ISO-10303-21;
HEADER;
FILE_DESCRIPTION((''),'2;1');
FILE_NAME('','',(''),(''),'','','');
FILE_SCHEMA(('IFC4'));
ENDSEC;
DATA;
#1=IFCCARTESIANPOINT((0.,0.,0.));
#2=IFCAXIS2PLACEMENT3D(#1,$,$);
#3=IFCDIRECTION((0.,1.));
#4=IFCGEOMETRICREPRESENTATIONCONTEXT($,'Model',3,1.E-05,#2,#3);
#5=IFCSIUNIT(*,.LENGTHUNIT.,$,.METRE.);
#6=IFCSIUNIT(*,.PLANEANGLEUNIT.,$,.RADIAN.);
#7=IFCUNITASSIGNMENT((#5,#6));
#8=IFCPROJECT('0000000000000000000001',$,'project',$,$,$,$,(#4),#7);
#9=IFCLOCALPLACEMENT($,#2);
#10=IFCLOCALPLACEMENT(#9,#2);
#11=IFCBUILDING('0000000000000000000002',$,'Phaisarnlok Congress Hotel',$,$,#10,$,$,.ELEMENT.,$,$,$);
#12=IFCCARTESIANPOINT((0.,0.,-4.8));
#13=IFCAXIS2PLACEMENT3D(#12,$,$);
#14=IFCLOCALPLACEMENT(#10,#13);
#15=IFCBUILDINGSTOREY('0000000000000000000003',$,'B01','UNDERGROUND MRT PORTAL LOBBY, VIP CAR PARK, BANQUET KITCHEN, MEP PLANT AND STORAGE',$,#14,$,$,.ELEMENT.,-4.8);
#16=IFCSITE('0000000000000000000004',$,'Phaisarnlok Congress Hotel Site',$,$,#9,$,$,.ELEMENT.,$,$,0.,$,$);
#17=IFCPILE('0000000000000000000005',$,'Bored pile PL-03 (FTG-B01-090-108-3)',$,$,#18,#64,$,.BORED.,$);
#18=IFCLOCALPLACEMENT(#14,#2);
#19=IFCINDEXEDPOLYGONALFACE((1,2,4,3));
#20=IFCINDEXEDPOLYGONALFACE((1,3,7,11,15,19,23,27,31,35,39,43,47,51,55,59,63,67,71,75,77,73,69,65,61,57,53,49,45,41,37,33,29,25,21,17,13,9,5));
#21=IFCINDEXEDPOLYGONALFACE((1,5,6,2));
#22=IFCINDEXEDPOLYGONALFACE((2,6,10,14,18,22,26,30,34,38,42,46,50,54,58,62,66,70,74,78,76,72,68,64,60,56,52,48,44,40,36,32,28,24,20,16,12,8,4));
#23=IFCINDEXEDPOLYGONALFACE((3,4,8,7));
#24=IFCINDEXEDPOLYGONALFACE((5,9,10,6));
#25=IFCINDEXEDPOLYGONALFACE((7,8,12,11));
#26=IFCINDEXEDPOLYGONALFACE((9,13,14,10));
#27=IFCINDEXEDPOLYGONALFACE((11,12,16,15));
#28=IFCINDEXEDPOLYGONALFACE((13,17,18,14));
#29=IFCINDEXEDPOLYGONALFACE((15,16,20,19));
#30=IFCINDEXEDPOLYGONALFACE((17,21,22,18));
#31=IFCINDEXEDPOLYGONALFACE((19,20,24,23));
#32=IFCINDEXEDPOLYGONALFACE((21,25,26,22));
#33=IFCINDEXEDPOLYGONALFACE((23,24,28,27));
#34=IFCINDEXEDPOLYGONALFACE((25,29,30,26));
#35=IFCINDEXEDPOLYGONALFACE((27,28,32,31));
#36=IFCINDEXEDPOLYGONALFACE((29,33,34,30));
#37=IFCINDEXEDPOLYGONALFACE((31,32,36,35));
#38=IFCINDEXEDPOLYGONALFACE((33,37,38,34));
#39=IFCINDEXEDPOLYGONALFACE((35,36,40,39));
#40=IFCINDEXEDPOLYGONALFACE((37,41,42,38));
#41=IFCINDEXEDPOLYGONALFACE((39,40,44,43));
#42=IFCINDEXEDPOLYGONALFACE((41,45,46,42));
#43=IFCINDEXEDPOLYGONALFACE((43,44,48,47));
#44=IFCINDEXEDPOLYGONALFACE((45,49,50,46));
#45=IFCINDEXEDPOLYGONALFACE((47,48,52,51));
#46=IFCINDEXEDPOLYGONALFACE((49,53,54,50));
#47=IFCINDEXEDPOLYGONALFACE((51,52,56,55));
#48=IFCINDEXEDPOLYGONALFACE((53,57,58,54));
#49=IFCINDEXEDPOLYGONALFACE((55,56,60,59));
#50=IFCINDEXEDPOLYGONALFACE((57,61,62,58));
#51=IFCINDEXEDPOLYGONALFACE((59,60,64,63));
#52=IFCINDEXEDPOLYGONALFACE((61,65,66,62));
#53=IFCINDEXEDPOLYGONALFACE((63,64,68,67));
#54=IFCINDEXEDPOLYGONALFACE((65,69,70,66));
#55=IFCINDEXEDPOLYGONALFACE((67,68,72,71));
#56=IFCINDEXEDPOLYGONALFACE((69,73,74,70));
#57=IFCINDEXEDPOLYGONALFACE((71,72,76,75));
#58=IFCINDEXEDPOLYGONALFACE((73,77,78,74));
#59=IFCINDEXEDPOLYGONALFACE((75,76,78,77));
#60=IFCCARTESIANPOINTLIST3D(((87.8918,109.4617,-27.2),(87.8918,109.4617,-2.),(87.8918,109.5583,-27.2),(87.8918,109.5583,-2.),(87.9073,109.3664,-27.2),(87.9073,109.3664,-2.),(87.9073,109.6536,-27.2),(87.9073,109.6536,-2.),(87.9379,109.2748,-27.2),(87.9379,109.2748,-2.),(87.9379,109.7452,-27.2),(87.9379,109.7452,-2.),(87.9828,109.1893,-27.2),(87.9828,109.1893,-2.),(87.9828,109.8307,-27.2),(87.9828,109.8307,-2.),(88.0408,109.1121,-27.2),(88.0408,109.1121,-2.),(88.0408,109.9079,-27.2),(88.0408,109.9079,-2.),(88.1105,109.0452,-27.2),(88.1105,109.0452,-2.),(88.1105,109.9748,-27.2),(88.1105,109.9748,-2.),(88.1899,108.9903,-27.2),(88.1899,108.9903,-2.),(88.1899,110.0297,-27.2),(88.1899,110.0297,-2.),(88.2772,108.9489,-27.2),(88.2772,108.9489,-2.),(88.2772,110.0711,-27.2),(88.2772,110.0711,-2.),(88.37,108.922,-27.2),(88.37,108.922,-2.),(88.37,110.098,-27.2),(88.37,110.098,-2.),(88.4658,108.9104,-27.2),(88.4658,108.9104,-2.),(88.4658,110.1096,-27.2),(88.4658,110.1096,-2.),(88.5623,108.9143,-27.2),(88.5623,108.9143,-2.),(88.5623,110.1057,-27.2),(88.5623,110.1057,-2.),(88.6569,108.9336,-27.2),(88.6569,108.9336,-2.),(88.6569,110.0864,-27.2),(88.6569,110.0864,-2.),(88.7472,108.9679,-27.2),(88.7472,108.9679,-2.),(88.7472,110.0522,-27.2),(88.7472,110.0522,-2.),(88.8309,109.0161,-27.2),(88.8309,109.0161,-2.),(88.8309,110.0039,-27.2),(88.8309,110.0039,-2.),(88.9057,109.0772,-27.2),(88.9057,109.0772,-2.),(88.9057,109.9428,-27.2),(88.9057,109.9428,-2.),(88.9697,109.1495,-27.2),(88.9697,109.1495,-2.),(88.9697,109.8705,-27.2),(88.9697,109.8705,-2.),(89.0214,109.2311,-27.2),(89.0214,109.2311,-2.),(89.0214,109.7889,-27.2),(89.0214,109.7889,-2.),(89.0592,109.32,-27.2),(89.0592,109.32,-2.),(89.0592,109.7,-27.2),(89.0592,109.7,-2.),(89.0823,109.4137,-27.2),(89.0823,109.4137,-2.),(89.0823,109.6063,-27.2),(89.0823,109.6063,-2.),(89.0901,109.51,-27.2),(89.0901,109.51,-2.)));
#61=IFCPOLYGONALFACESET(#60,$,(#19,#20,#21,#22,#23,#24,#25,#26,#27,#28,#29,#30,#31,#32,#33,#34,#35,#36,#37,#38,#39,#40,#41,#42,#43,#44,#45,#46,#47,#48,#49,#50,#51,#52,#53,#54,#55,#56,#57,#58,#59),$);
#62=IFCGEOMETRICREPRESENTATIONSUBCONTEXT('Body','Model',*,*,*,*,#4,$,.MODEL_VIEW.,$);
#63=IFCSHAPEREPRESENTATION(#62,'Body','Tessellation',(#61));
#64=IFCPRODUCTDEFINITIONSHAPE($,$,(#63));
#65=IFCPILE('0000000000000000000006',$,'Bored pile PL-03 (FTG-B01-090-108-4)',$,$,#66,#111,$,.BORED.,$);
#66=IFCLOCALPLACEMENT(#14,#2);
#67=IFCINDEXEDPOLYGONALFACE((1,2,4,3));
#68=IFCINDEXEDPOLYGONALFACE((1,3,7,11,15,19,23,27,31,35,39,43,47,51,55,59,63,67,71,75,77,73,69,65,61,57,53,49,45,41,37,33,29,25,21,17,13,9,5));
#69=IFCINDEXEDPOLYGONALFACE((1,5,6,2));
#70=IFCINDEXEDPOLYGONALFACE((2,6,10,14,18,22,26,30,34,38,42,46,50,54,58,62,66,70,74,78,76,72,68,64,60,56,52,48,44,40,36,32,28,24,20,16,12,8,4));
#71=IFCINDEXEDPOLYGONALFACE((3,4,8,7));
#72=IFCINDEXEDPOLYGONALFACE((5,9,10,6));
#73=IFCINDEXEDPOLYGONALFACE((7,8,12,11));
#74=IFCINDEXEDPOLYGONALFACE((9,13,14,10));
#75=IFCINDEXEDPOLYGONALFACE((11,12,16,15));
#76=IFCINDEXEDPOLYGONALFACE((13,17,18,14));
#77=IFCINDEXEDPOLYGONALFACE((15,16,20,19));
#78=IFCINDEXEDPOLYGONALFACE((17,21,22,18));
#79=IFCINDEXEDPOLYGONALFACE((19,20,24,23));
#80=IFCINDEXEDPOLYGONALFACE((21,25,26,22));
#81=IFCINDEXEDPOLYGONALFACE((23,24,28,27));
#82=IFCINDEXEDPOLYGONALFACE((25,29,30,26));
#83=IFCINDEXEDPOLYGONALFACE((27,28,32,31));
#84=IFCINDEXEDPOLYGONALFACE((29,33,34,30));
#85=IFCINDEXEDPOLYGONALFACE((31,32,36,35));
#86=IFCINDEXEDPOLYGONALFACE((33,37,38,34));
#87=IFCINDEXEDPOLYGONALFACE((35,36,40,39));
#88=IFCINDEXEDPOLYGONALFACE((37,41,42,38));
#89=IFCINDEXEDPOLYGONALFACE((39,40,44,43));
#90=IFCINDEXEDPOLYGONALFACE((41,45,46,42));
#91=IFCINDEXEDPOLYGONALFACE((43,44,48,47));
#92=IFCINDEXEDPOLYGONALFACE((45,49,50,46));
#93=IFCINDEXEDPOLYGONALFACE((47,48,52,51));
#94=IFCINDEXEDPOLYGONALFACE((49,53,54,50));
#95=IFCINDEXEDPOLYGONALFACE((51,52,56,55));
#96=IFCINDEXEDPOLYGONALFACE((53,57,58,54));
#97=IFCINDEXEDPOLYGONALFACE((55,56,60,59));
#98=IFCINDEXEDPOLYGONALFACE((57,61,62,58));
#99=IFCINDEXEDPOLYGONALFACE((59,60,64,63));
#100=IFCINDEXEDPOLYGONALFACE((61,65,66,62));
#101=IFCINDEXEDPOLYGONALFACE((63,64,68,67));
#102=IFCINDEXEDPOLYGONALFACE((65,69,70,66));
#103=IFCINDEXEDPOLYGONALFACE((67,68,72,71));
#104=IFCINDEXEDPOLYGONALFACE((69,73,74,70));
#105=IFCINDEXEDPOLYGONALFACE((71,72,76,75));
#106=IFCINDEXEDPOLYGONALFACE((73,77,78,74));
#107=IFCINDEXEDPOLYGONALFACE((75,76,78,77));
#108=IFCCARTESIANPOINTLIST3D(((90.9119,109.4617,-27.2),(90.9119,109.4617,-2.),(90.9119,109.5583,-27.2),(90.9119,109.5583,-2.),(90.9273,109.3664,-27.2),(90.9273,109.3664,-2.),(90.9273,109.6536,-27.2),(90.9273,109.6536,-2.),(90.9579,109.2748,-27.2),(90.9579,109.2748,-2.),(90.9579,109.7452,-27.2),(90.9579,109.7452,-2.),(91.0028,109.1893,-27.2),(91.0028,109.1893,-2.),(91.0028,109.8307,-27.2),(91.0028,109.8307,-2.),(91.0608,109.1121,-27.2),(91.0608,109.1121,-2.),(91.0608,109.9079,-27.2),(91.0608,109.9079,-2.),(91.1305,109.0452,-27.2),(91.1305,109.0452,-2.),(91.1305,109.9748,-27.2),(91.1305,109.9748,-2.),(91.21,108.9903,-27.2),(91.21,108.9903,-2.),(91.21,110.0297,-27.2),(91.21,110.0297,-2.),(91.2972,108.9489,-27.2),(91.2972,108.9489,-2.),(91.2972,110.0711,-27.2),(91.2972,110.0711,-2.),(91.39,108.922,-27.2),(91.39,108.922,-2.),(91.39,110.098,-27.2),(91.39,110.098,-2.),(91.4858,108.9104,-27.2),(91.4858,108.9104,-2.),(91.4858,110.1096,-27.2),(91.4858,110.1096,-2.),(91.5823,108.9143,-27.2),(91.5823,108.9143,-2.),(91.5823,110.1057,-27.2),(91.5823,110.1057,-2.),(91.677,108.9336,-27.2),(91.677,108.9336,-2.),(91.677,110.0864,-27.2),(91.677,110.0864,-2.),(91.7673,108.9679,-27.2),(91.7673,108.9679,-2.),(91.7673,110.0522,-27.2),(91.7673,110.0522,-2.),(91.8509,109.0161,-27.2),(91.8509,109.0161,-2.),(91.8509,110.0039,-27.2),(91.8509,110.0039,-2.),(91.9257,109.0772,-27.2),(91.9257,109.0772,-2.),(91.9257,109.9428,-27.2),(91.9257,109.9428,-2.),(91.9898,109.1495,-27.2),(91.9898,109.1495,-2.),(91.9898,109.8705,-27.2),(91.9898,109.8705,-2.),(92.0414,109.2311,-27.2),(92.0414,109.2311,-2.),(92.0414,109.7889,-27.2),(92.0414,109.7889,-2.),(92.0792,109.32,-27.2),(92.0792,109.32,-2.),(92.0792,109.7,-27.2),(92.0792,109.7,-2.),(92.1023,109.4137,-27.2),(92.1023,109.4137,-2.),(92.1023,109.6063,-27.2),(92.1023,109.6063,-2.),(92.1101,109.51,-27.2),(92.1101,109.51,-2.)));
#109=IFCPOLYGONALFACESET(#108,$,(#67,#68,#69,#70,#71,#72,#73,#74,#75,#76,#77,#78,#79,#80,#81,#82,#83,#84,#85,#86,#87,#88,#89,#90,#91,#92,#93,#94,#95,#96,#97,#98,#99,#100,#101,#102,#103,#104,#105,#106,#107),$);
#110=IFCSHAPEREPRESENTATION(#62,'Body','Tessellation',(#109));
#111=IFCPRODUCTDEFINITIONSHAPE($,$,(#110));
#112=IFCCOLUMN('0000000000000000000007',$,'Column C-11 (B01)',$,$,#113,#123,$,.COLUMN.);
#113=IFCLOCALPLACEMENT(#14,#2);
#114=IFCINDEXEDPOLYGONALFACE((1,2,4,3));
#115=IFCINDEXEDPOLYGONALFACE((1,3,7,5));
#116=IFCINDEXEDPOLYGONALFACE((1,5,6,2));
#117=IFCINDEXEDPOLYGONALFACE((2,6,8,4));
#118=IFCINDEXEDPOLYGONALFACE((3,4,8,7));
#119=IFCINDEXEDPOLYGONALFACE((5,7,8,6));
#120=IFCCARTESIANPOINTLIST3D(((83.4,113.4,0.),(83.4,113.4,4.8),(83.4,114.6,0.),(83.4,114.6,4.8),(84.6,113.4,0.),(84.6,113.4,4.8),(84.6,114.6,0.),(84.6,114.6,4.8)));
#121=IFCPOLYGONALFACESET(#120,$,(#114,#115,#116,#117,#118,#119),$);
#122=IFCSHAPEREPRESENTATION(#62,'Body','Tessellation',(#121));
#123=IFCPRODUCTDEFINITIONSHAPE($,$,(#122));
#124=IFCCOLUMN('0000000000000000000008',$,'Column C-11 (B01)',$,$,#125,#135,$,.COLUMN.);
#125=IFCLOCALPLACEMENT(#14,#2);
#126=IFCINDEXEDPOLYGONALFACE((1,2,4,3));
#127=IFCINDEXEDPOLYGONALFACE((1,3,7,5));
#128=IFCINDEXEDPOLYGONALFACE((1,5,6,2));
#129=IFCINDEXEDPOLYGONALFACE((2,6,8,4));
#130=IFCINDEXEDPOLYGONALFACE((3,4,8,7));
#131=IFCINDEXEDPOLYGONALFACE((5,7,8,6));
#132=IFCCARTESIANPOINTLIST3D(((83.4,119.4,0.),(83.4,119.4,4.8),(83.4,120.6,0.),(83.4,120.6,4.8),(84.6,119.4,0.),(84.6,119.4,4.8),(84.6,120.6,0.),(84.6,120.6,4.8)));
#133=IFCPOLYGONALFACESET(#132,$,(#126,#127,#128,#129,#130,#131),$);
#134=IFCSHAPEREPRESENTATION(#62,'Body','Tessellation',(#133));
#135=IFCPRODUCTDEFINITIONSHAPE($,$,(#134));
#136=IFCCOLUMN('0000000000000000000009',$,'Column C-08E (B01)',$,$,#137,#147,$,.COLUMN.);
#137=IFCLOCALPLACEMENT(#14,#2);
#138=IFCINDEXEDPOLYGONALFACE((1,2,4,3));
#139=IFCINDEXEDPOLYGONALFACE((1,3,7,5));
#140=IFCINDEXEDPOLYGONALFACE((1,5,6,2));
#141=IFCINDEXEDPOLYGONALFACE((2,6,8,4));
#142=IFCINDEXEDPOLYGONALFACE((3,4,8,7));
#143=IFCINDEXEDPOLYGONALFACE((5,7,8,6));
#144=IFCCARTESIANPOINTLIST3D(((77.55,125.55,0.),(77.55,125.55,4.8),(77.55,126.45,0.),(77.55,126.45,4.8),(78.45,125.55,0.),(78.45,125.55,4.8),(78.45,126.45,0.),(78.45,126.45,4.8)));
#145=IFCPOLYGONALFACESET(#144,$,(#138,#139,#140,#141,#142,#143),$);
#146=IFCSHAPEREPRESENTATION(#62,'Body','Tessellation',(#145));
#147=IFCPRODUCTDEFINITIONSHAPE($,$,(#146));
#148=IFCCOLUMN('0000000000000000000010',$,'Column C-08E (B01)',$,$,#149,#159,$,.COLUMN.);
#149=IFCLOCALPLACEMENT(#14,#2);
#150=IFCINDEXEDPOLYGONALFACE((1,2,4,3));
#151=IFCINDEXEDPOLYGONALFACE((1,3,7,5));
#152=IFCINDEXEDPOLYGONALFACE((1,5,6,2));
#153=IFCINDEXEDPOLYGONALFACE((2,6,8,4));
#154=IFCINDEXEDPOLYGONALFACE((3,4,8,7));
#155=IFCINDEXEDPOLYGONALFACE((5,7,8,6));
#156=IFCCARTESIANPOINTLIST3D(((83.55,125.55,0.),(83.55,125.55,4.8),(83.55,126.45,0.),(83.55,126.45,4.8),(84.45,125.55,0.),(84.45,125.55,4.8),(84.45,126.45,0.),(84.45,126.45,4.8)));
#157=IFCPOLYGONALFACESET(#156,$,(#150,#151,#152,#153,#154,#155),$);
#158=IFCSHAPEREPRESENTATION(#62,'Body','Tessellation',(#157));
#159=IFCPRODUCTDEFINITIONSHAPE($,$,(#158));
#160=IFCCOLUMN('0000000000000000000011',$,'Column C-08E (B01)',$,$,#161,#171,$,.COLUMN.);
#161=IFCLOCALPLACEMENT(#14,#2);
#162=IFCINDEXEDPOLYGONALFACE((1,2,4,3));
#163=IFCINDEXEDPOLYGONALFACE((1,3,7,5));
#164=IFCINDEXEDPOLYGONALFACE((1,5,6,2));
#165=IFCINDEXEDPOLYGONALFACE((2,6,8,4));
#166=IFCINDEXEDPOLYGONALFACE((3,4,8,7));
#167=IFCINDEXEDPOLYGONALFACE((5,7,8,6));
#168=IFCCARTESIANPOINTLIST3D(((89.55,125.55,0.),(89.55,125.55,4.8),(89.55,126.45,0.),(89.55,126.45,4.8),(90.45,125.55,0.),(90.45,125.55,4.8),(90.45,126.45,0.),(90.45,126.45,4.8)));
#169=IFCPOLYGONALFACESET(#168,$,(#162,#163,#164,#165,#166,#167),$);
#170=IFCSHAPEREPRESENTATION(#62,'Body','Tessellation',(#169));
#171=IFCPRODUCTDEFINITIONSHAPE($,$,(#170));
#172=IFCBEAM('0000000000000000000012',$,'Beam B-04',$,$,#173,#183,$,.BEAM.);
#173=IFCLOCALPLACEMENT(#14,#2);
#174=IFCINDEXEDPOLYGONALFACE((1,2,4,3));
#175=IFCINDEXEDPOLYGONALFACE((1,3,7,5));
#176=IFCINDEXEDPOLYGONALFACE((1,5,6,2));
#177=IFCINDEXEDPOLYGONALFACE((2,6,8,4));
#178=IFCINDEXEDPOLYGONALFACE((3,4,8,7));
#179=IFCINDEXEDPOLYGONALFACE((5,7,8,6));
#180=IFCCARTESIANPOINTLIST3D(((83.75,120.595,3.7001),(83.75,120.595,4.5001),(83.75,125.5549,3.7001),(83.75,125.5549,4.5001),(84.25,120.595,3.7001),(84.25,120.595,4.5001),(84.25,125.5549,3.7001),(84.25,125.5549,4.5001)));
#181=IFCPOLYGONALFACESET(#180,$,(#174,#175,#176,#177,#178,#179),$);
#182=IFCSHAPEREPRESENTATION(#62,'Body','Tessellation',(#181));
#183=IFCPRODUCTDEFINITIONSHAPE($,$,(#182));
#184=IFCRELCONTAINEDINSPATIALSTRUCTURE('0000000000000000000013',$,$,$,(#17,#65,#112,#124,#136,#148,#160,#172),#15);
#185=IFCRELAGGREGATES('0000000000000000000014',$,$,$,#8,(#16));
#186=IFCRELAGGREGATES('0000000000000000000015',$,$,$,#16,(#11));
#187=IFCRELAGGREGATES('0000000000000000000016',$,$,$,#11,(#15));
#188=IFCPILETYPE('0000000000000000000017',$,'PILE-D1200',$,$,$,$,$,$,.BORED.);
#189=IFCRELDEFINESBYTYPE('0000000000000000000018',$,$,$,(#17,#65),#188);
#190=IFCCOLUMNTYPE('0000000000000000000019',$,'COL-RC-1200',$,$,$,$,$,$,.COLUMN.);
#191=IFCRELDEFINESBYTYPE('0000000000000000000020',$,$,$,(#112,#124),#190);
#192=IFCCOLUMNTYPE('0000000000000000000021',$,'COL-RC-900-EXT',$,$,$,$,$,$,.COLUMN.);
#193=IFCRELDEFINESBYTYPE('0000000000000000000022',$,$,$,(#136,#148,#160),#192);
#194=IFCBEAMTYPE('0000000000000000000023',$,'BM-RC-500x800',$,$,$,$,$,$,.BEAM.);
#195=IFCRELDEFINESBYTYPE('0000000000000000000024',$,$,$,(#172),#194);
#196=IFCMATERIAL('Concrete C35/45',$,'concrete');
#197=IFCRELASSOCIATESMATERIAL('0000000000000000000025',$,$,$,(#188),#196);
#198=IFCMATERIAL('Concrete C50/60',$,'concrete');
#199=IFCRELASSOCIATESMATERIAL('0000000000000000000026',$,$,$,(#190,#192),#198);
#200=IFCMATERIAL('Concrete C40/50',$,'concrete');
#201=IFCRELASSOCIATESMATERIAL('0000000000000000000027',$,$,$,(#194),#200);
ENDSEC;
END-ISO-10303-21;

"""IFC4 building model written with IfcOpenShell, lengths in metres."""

from ifc_helpers import new_model, si_unit, direction, frame, origin, origin_2d, place, context, subcontext, project, spatial, rectangle, circle, extrude, material, material_profile, profile_set, type_object, element, save


model = new_model("IFC4")

# Units and contexts
model_context = context("Model", 3, precision=1e-05, world=origin(), true_north=direction((0.0, 1.0)))
body_context = subcontext(model_context, "Body", "Model", "MODEL_VIEW")
ifc_project = project(units=[si_unit("LENGTHUNIT", "METRE"), si_unit("PLANEANGLEUNIT", "RADIAN")], contexts=[model_context])

# Site, building, storey
site_placement = place(None, origin())
site = spatial("IfcSite", under=ifc_project, at=site_placement, Name="Phaisarnlok Congress Hotel Site", CompositionType="ELEMENT", RefElevation=0.0)
building_placement = place(site_placement, origin())
building = spatial("IfcBuilding", under=site, at=building_placement, Name="Phaisarnlok Congress Hotel", CompositionType="ELEMENT")
storey_placement = place(building_placement, frame((0.0, 0.0, -4.8)))
storey = spatial("IfcBuildingStorey", under=building, at=storey_placement, Name="B01", Description="UNDERGROUND MRT PORTAL LOBBY, VIP CAR PARK, BANQUET KITCHEN, MEP PLANT AND STORAGE", CompositionType="ELEMENT", Elevation=-4.8)

# Shared definitions
ifc_material_1 = material(Name="Concrete C40/50", Category="concrete")

# Piles
ifc_material_2 = material(Name="Concrete C35/45", Category="concrete")
ifc_material_profile_1 = material_profile(ifc_material_2, circle(Radius=0.6001, at=origin_2d()), Name="BORED PILE D1200")
ifc_profile_set_1 = profile_set([ifc_material_profile_1], Name="Concrete C35/45")
pile_type_1 = type_object("IfcPileType", Name="PILE-D1200", PredefinedType="BORED", material=ifc_profile_set_1)
for number, where, z_axis, x_axis, name in (
    (1, (88.49, 109.51, -2.0), (0.0, 0.0, -1.0), (1.0, 0.0, 0.0), "Bored pile PL-03 (FTG-B01-090-108-3)"),
    (2, (91.51, 109.51, -2.0), (0.0, 0.0, -1.0), (1.0, 0.0, 0.0), "Bored pile PL-03 (FTG-B01-090-108-4)"),
):
    element("IfcPile", number, at=place(storey_placement, frame(where, z_axis=z_axis, x_axis=x_axis)), inside=storey, type_object=pile_type_1, Name=name, PredefinedType="BORED", context=body_context, shape_type="SweptSolid", body=[
        extrude(circle(Radius=0.6001, at=origin_2d()), origin(), (0.0, 0.0, 1.0), 25.2),
    ])

# Columns
ifc_material_3 = material(Name="Concrete C50/60", Category="concrete")
ifc_material_profile_2 = material_profile(ifc_material_3, rectangle(XDim=1.2, YDim=1.2, at=origin_2d()), Name="RC 1200x1200")
ifc_profile_set_2 = profile_set([ifc_material_profile_2], Name="Concrete C50/60")
column_type_1 = type_object("IfcColumnType", Name="COL-RC-1200", PredefinedType="COLUMN", material=ifc_profile_set_2)
for number, where, z_axis, x_axis, name in (
    (3, (84.0, 114.0, 0.0), (0.0, 0.0, 1.0), (1.0, 0.0, 0.0), "Column C-11 (B01)"),
    (4, (84.0, 120.0, 0.0), (0.0, 0.0, 1.0), (1.0, 0.0, 0.0), "Column C-11 (B01)"),
):
    element("IfcColumn", number, at=place(storey_placement, frame(where, z_axis=z_axis, x_axis=x_axis)), inside=storey, type_object=column_type_1, Name=name, PredefinedType="COLUMN", context=body_context, shape_type="SweptSolid", body=[
        extrude(rectangle(XDim=1.2, YDim=1.2, at=origin_2d()), origin(), (0.0, 0.0, 1.0), 4.8),
    ])
ifc_material_profile_3 = material_profile(ifc_material_3, rectangle(XDim=0.8999, YDim=0.8999, at=origin_2d()), Name="RC 900x900")
ifc_profile_set_3 = profile_set([ifc_material_profile_3], Name="Concrete C50/60")
column_type_2 = type_object("IfcColumnType", Name="COL-RC-900-EXT", PredefinedType="COLUMN", material=ifc_profile_set_3)
for number, where, z_axis, x_axis, name in (
    (5, (78.0, 126.0, 0.0), (0.0, 0.0, 1.0), (1.0, 0.0, 0.0), "Column C-08E (B01)"),
    (6, (84.0, 126.0, 0.0), (0.0, 0.0, 1.0), (1.0, 0.0, 0.0), "Column C-08E (B01)"),
    (7, (90.0, 126.0, 0.0), (0.0, 0.0, 1.0), (1.0, 0.0, 0.0), "Column C-08E (B01)"),
):
    element("IfcColumn", number, at=place(storey_placement, frame(where, z_axis=z_axis, x_axis=x_axis)), inside=storey, type_object=column_type_2, Name=name, PredefinedType="COLUMN", context=body_context, shape_type="SweptSolid", body=[
        extrude(rectangle(XDim=0.8999, YDim=0.8999, at=origin_2d()), origin(), (0.0, 0.0, 1.0), 4.8),
    ])

# Beam
ifc_material_profile_4 = material_profile(ifc_material_1, rectangle(XDim=0.5, YDim=0.8, at=origin_2d()), Name="RC 500x800")
ifc_profile_set_4 = profile_set([ifc_material_profile_4], Name="Concrete C40/50")
beam_type_1 = type_object("IfcBeamType", Name="BM-RC-500x800", PredefinedType="BEAM", material=ifc_profile_set_4)
beam_1_placement = place(storey_placement, frame((84.0, 120.595, 4.1001), z_axis=(0.0, 1.0, 0.0), x_axis=(-1.0, 0.0, 0.0)))
element("IfcBeam", 8, at=beam_1_placement, inside=storey, type_object=beam_type_1, Name="Beam B-04", PredefinedType="BEAM", context=body_context, shape_type="SweptSolid", body=[
    extrude(rectangle(XDim=0.5, YDim=0.8, at=origin_2d()), origin(), (0.0, 0.0, 1.0), 4.96),
])

save(model, "model.ifc")
